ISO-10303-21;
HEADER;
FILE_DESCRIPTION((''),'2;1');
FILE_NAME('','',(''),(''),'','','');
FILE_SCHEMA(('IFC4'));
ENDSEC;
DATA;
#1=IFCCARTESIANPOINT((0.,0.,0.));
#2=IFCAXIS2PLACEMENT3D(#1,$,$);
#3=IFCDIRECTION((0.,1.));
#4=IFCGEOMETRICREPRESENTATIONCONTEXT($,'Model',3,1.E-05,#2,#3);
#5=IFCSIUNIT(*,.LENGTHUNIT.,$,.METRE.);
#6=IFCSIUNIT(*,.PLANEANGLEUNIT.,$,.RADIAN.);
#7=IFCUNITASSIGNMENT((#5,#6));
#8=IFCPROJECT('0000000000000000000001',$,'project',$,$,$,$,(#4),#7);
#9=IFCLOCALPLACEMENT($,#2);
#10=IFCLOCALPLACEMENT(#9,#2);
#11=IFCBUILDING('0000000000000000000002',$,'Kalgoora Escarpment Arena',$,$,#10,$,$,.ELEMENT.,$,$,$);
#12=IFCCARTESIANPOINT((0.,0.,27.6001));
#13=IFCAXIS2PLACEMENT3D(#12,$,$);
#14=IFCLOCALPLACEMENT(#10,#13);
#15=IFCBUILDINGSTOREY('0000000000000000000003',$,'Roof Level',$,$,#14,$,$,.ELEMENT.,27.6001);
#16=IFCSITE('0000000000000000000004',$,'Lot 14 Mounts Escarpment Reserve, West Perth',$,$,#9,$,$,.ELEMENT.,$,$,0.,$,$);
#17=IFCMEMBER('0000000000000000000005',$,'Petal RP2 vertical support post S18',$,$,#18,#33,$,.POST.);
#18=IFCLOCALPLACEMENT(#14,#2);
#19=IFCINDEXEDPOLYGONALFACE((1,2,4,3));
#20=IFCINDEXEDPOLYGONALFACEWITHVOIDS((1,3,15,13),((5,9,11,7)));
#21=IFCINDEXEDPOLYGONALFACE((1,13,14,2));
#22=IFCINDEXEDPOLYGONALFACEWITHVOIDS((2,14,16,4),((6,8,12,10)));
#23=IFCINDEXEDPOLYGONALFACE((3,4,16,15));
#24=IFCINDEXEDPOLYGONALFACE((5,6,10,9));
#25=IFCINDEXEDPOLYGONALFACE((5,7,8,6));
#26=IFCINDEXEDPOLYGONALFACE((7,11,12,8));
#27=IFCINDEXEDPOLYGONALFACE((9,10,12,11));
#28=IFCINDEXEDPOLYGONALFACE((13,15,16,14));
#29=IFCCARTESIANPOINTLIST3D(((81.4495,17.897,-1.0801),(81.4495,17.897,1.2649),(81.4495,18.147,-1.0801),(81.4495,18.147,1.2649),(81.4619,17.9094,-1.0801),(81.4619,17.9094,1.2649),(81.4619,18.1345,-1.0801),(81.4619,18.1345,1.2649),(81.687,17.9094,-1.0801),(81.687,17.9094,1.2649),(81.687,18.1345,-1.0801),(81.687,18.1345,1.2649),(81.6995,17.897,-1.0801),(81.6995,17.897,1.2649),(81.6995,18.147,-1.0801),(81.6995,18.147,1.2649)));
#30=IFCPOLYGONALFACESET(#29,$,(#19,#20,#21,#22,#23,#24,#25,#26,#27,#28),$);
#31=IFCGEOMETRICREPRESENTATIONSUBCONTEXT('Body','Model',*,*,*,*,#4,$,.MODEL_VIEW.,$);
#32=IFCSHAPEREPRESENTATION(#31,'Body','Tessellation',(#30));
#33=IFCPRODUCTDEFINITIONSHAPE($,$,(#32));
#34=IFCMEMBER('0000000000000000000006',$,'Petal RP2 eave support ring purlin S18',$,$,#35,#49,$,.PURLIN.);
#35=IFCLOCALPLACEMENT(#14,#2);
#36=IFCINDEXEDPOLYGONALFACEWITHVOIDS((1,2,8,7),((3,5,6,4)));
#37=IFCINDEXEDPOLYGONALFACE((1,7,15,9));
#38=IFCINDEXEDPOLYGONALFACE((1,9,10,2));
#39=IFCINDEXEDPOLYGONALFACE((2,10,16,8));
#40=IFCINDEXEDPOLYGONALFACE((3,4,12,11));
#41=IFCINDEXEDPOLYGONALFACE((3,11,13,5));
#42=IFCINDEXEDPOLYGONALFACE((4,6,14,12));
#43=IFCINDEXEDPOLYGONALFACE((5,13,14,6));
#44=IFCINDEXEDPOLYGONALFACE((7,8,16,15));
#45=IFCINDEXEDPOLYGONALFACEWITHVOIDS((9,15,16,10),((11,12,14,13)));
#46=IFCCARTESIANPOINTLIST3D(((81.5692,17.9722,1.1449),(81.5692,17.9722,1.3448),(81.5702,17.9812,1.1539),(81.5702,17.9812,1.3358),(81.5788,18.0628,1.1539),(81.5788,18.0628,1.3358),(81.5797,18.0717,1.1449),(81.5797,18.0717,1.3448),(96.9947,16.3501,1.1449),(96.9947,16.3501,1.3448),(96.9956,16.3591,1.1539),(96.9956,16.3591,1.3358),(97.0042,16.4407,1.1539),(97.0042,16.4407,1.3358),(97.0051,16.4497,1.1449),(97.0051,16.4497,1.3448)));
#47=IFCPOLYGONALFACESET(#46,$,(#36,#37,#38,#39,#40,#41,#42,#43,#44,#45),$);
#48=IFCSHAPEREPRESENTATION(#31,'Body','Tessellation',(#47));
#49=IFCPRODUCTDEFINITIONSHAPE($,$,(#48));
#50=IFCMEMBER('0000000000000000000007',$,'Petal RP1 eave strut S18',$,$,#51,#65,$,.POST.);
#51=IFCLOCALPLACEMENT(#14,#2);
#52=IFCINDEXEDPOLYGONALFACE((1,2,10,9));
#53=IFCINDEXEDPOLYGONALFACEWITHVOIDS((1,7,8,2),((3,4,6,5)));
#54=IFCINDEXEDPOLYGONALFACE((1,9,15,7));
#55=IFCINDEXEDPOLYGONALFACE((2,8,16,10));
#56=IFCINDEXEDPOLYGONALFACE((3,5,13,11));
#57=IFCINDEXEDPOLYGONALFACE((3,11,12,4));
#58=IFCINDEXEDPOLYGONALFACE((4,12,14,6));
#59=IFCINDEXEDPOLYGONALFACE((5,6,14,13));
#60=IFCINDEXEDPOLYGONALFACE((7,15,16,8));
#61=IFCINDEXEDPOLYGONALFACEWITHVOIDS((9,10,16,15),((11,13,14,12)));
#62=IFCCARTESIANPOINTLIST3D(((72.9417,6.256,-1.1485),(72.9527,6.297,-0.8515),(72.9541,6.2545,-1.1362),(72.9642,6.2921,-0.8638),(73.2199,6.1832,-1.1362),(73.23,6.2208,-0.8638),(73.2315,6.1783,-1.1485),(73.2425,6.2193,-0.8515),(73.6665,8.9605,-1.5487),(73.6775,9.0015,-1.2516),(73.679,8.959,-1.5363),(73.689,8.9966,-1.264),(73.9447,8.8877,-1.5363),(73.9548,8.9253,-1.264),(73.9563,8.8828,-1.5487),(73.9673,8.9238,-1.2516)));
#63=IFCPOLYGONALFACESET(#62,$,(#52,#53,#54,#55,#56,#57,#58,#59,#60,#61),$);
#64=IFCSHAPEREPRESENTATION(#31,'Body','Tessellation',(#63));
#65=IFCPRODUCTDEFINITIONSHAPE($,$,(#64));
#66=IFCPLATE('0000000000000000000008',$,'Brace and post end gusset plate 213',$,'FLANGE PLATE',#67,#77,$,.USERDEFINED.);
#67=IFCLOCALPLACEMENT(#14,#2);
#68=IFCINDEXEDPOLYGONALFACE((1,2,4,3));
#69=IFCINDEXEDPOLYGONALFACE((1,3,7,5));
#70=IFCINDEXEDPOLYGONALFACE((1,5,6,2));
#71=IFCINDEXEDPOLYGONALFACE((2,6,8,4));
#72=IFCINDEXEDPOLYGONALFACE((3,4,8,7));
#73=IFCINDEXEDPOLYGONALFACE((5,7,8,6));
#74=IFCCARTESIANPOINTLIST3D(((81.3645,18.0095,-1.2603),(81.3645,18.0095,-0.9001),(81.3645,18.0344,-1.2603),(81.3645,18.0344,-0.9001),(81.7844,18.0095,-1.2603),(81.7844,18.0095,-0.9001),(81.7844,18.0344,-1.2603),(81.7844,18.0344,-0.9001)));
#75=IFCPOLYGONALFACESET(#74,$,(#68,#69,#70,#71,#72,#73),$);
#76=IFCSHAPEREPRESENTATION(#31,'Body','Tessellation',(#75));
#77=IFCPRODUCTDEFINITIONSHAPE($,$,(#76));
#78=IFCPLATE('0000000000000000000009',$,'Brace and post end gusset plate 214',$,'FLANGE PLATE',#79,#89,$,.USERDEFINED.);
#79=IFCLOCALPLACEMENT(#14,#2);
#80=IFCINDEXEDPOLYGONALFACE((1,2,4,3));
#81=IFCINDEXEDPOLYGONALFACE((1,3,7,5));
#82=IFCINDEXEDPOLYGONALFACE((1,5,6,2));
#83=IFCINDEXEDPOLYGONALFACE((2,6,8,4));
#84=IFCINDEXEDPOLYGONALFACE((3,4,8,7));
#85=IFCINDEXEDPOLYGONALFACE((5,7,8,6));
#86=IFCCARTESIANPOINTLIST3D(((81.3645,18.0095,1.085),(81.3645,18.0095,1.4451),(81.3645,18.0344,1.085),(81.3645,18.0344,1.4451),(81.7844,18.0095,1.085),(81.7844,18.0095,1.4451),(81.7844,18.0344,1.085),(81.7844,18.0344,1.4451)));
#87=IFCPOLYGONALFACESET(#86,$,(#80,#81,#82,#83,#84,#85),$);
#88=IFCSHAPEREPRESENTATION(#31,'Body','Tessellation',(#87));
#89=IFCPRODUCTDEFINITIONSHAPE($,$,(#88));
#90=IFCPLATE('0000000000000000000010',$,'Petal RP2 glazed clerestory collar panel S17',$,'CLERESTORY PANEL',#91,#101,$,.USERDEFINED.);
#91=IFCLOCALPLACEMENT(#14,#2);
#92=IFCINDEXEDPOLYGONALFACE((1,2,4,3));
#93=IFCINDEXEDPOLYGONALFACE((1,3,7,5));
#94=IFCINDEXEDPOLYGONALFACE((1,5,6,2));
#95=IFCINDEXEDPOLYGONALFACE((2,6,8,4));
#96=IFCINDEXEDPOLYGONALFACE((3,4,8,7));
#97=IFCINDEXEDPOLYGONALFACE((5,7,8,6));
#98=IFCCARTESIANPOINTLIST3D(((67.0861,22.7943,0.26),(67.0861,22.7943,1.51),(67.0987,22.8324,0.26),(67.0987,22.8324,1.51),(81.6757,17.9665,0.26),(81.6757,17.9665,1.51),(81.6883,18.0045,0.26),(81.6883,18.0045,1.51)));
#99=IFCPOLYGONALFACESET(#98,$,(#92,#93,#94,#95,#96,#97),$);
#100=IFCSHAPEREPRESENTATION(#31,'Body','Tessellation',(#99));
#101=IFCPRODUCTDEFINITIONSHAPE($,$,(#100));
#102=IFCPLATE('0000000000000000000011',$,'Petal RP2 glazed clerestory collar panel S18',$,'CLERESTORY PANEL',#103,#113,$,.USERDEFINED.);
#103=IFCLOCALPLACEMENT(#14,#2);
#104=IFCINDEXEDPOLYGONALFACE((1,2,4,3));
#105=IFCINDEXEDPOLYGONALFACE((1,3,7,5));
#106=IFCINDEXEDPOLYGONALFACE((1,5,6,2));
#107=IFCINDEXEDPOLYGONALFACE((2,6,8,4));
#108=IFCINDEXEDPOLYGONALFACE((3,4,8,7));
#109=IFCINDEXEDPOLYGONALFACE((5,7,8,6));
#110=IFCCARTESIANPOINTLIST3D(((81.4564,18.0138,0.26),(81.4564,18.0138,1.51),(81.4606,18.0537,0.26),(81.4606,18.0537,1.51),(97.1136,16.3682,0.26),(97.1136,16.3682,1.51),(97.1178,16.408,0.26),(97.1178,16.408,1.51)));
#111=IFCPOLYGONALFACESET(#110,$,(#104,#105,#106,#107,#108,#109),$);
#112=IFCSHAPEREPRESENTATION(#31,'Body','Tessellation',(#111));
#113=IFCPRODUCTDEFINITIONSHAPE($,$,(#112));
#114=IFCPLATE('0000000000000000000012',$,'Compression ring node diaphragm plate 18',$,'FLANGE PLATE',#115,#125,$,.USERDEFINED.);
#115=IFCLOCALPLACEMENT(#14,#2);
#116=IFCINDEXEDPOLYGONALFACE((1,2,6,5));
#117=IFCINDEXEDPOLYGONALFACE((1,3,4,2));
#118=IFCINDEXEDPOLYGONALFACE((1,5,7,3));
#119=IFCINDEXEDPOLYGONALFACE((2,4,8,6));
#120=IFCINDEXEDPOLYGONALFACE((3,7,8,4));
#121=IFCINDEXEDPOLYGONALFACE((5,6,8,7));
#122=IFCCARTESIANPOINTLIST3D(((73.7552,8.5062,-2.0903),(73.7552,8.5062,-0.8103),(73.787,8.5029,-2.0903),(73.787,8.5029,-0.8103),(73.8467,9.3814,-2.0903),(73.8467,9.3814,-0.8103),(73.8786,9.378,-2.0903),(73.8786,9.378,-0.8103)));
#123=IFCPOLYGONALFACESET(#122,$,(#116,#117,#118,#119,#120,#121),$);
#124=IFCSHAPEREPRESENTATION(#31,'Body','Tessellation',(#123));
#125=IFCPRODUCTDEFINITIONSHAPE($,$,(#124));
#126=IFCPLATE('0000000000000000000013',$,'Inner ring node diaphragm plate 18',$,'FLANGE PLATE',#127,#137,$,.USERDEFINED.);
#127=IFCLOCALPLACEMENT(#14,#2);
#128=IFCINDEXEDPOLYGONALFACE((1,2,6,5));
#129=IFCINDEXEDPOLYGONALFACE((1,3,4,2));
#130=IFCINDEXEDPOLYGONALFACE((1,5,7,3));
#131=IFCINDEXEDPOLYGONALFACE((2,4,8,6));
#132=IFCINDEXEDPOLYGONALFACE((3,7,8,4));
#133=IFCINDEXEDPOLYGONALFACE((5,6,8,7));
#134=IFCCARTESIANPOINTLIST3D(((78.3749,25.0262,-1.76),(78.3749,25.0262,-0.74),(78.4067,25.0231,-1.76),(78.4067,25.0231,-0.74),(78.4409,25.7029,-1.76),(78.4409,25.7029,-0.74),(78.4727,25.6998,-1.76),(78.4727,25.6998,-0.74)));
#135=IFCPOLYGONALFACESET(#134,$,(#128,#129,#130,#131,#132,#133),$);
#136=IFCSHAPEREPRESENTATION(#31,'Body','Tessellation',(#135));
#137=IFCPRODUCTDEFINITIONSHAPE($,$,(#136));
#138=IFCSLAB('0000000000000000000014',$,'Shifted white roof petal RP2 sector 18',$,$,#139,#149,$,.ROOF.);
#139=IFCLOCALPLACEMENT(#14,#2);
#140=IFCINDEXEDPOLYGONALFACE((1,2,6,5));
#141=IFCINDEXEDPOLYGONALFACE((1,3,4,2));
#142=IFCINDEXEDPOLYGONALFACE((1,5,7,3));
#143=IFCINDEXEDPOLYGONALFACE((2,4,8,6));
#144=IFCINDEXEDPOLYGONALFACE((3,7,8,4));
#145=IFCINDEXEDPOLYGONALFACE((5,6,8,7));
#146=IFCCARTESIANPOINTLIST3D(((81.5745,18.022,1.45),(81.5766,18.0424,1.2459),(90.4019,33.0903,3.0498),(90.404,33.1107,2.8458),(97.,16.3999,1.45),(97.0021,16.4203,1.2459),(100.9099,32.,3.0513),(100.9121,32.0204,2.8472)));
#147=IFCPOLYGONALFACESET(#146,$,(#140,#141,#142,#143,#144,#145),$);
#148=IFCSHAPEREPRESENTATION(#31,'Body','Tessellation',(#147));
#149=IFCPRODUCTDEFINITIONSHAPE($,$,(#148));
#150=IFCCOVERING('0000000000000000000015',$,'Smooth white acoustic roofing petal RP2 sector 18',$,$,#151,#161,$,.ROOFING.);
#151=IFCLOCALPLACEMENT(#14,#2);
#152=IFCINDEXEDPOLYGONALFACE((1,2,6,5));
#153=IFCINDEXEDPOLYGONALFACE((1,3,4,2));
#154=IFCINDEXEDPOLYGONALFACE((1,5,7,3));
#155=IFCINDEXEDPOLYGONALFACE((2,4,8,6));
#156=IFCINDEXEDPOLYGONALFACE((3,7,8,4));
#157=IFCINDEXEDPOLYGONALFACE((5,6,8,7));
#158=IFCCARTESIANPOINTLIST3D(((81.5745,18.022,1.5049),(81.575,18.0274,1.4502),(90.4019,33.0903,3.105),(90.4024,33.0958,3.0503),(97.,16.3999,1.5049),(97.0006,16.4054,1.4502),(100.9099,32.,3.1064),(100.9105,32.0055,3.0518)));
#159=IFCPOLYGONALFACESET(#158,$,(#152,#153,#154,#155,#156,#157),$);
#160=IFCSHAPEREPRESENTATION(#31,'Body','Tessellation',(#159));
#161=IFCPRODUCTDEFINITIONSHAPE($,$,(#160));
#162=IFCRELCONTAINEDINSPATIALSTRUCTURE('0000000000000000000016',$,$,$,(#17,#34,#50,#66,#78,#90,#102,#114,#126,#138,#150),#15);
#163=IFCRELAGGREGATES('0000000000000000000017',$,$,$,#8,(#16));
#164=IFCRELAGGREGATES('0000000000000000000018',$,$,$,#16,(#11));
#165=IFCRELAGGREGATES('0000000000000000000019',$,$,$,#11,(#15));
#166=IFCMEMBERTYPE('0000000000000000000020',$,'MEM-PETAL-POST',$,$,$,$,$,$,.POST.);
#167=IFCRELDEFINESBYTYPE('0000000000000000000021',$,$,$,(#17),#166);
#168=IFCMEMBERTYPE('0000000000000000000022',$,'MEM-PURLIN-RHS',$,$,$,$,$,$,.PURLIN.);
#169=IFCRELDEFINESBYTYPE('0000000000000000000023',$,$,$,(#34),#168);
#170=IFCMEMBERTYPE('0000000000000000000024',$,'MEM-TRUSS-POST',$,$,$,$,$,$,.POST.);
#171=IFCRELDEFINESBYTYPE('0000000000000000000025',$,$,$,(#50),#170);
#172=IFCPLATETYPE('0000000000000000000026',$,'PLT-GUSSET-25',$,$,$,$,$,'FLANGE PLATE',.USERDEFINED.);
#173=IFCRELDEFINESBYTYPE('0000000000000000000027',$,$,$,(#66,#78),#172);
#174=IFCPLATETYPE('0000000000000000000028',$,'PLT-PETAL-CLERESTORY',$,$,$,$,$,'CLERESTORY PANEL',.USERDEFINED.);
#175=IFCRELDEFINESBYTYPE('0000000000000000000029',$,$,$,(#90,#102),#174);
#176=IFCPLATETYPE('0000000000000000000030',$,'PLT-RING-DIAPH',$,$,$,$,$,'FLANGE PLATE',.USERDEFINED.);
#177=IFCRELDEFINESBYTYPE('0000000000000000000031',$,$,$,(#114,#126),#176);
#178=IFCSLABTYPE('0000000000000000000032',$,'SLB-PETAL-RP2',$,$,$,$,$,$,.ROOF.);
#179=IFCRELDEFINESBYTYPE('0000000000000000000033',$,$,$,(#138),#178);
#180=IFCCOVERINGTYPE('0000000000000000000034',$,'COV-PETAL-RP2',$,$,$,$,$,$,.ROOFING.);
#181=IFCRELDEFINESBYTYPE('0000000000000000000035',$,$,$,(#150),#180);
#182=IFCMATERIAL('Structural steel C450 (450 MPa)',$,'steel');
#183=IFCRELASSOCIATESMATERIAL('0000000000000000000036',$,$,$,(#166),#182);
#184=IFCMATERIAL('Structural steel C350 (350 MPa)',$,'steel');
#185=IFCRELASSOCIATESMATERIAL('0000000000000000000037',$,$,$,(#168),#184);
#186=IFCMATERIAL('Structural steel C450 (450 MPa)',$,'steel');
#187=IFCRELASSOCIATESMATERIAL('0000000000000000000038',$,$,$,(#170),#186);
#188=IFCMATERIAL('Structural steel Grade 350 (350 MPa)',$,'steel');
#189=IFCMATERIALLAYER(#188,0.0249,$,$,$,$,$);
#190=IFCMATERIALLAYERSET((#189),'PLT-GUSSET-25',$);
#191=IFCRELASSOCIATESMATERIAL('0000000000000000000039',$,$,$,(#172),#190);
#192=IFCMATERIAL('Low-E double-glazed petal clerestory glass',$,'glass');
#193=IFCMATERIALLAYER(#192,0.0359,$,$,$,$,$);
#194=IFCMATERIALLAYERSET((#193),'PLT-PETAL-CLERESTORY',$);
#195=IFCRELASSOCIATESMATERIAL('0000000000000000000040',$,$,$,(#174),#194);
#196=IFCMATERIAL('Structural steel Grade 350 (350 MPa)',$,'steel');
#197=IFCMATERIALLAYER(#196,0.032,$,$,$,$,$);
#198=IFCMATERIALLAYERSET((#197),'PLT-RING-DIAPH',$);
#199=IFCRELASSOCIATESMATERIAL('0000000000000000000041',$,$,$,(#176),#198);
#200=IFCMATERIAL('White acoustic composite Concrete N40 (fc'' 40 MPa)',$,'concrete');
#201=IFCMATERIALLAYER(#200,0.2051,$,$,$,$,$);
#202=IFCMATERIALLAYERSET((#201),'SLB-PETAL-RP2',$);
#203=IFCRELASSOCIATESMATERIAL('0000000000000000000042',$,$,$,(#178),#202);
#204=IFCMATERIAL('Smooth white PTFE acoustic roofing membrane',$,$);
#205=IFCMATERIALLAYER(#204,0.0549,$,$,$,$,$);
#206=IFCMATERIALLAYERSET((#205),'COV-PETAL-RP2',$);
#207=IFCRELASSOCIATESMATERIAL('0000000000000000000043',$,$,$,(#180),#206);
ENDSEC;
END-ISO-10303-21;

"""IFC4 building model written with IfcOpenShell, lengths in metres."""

from ifc_helpers import new_model, si_unit, direction, frame, origin, origin_2d, place, context, subcontext, project, spatial, polyline, rectangle, hollow_rectangle, outline, extrude, material, layer, layer_set, material_profile, profile_set, type_object, element, save


model = new_model("IFC4")

# Units and contexts
model_context = context("Model", 3, precision=1e-05, world=origin(), true_north=direction((0.0, 1.0)))
body_context = subcontext(model_context, "Body", "Model", "MODEL_VIEW")
ifc_project = project(units=[si_unit("LENGTHUNIT", "METRE"), si_unit("PLANEANGLEUNIT", "RADIAN")], contexts=[model_context])

# Site, building, storey
site_placement = place(None, origin())
site = spatial("IfcSite", under=ifc_project, at=site_placement, Name="Lot 14 Mounts Escarpment Reserve, West Perth", CompositionType="ELEMENT", RefElevation=0.0)
building_placement = place(site_placement, origin())
building = spatial("IfcBuilding", under=site, at=building_placement, Name="Kalgoora Escarpment Arena", CompositionType="ELEMENT")
storey_placement = place(building_placement, frame((0.0, 0.0, 27.6001)))
storey = spatial("IfcBuildingStorey", under=building, at=storey_placement, Name="Roof Level", CompositionType="ELEMENT", Elevation=27.6001)

# Members
ifc_material_1 = material(Name="Structural steel C450 (450 MPa)", Category="steel")
ifc_material_profile_1 = material_profile(ifc_material_1, hollow_rectangle(XDim=0.25, YDim=0.25, WallThickness=0.0125, at=origin_2d()))
ifc_profile_set_1 = profile_set([ifc_material_profile_1], Name="Structural steel C450 (450 MPa)")
member_type_1 = type_object("IfcMemberType", Name="MEM-PETAL-POST", PredefinedType="POST", material=ifc_profile_set_1)
member_1_placement = place(storey_placement, frame((81.5745, 18.022, -1.0801), z_axis=(0.0, 0.0, 1.0), x_axis=(1.0, 0.0, 0.0)))
element("IfcMember", 1, at=member_1_placement, inside=storey, type_object=member_type_1, Name="Petal RP2 vertical support post S18", PredefinedType="POST", context=body_context, shape_type="SweptSolid", body=[
    extrude(hollow_rectangle(XDim=0.25, YDim=0.25, WallThickness=0.0125, at=origin_2d()), origin(), (0.0, 0.0, 1.0), 2.345),
])
ifc_material_2 = material(Name="Structural steel C350 (350 MPa)", Category="steel")
ifc_material_profile_2 = material_profile(ifc_material_2, hollow_rectangle(XDim=0.1001, YDim=0.2, WallThickness=0.009, at=origin_2d()))
ifc_profile_set_2 = profile_set([ifc_material_profile_2], Name="Structural steel C350 (350 MPa)")
member_type_2 = type_object("IfcMemberType", Name="MEM-PURLIN-RHS", PredefinedType="PURLIN", material=ifc_profile_set_2)
member_2_placement = place(storey_placement, frame((81.5745, 18.022, 1.2449), z_axis=(0.994517, -0.104578, 0.0), x_axis=(0.104578, 0.994517, 0.0)))
element("IfcMember", 2, at=member_2_placement, inside=storey, type_object=member_type_2, Name="Petal RP2 eave support ring purlin S18", PredefinedType="PURLIN", context=body_context, shape_type="SweptSolid", body=[
    extrude(hollow_rectangle(XDim=0.1001, YDim=0.2, WallThickness=0.009, at=origin_2d()), origin(), (0.0, 0.0, 1.0), 15.5105),
])
ifc_material_3 = material(Name="Structural steel C450 (450 MPa)", Category="steel")
ifc_material_profile_3 = material_profile(ifc_material_3, hollow_rectangle(XDim=0.3, YDim=0.3, WallThickness=0.0125, at=origin_2d()))
ifc_profile_set_3 = profile_set([ifc_material_profile_3], Name="Structural steel C450 (450 MPa)")
member_type_3 = type_object("IfcMemberType", Name="MEM-TRUSS-POST", PredefinedType="POST", material=ifc_profile_set_3)
member_3_placement = place(storey_placement, frame((73.8169, 8.9421, -1.4001), z_axis=(-0.256269, -0.956197, 0.14147), x_axis=(0.965911, -0.258873, 0.0)))
element("IfcMember", 3, at=member_3_placement, inside=storey, type_object=member_type_3, Name="Petal RP1 eave strut S18", PredefinedType="POST", context=body_context, shape_type="SweptSolid", body=[
    extrude(hollow_rectangle(XDim=0.3, YDim=0.3, WallThickness=0.0125, at=origin_2d()), origin(), (0.0, 0.0, 1.0), 2.8284),
])

# Plates
ifc_material_4 = material(Name="Structural steel Grade 350 (350 MPa)", Category="steel")
ifc_layer_1 = layer(ifc_material_4, 0.0249)
ifc_layer_set_1 = layer_set([ifc_layer_1], Name="PLT-GUSSET-25")
plate_type_1 = type_object("IfcPlateType", Name="PLT-GUSSET-25", ElementType="FLANGE PLATE", PredefinedType="USERDEFINED", material=ifc_layer_set_1)
for number, where, z_axis, x_axis, name in (
    (4, (81.5745, 18.022, -1.2603), (0.0, 0.0, 1.0), (1.0, 0.0, 0.0), "Brace and post end gusset plate 213"),
    (5, (81.5745, 18.022, 1.085), (0.0, 0.0, 1.0), (1.0, 0.0, 0.0), "Brace and post end gusset plate 214"),
):
    element("IfcPlate", number, at=place(storey_placement, frame(where, z_axis=z_axis, x_axis=x_axis)), inside=storey, type_object=plate_type_1, Name=name, ObjectType="FLANGE PLATE", PredefinedType="USERDEFINED", context=body_context, shape_type="SweptSolid", body=[
        extrude(rectangle(XDim=0.4199, YDim=0.0249, at=origin_2d()), origin(), (0.0, 0.0, 1.0), 0.3601),
    ])
ifc_material_5 = material(Name="Low-E double-glazed petal clerestory glass", Category="glass")
ifc_layer_2 = layer(ifc_material_5, 0.0359)
ifc_layer_set_2 = layer_set([ifc_layer_2], Name="PLT-PETAL-CLERESTORY")
plate_type_2 = type_object("IfcPlateType", Name="PLT-PETAL-CLERESTORY", ElementType="CLERESTORY PANEL", PredefinedType="USERDEFINED", material=ifc_layer_set_2)
plate_1_placement = place(storey_placement, frame((74.3872, 20.3994, 0.26), z_axis=(0.0, 0.0, 1.0), x_axis=(0.949371, -0.314158, 0.0)))
element("IfcPlate", 6, at=plate_1_placement, inside=storey, type_object=plate_type_2, Name="Petal RP2 glazed clerestory collar panel S17", ObjectType="CLERESTORY PANEL", PredefinedType="USERDEFINED", context=body_context, shape_type="SweptSolid", body=[
    extrude(rectangle(XDim=15.3677, YDim=0.04, at=origin_2d()), origin(), (0.0, 0.0, 1.0), 1.25),
])
plate_2_placement = place(storey_placement, frame((89.2871, 17.2109, 0.26), z_axis=(0.0, 0.0, 1.0), x_axis=(0.994522, -0.104528, 0.0)))
element("IfcPlate", 7, at=plate_2_placement, inside=storey, type_object=plate_type_2, Name="Petal RP2 glazed clerestory collar panel S18", ObjectType="CLERESTORY PANEL", PredefinedType="USERDEFINED", context=body_context, shape_type="SweptSolid", body=[
    extrude(rectangle(XDim=15.7434, YDim=0.04, at=origin_2d()), origin(), (0.0, 0.0, 1.0), 1.25),
])
ifc_material_6 = material(Name="Structural steel Grade 350 (350 MPa)", Category="steel")
ifc_layer_3 = layer(ifc_material_6, 0.032)
ifc_layer_set_3 = layer_set([ifc_layer_3], Name="PLT-RING-DIAPH")
plate_type_3 = type_object("IfcPlateType", Name="PLT-RING-DIAPH", ElementType="FLANGE PLATE", PredefinedType="USERDEFINED", material=ifc_layer_set_3)
plate_3_placement = place(storey_placement, frame((73.8169, 8.9421, -2.0903), z_axis=(0.0, 0.0, 1.0), x_axis=(0.994576, -0.104008, 0.0)))
element("IfcPlate", 8, at=plate_3_placement, inside=storey, type_object=plate_type_3, Name="Compression ring node diaphragm plate 18", ObjectType="FLANGE PLATE", PredefinedType="USERDEFINED", context=body_context, shape_type="SweptSolid", body=[
    extrude(rectangle(XDim=0.032, YDim=0.8799, at=origin_2d()), origin(), (0.0, 0.0, 1.0), 1.28),
])
plate_4_placement = place(storey_placement, frame((78.4238, 25.363, -1.76), z_axis=(0.0, 0.0, 1.0), x_axis=(0.995278, -0.097062, 0.0)))
element("IfcPlate", 9, at=plate_4_placement, inside=storey, type_object=plate_type_3, Name="Inner ring node diaphragm plate 18", ObjectType="FLANGE PLATE", PredefinedType="USERDEFINED", context=body_context, shape_type="SweptSolid", body=[
    extrude(rectangle(XDim=0.032, YDim=0.6799, at=origin_2d()), origin(), (0.0, 0.0, 1.0), 1.02),
])

# Slab
ifc_material_7 = material(Name="White acoustic composite Concrete N40 (fc' 40 MPa)", Category="concrete")
ifc_layer_4 = layer(ifc_material_7, 0.2051)
ifc_layer_set_4 = layer_set([ifc_layer_4], Name="SLB-PETAL-RP2")
slab_type = type_object("IfcSlabType", Name="SLB-PETAL-RP2", PredefinedType="ROOF", material=ifc_layer_set_4)
slab_placement = place(storey_placement, frame((81.5745, 18.022, 1.45), z_axis=(-0.010464, -0.09951, 0.994982), x_axis=(0.994517, -0.104578, 0.0)))
element("IfcSlab", 10, at=slab_placement, inside=storey, type_object=slab_type, Name="Shifted white roof petal RP2 sector 18", PredefinedType="ROOF", context=body_context, shape_type="SweptSolid", body=[
    extrude(outline(polyline([(0.0, 0.0), (15.5106, 0.0), (17.7676, 16.0038), (7.2032, 15.9891), (0.0, 0.0)])), origin(), (0.0, 0.0, -1.0), 0.2051),
])

# Covering
ifc_material_8 = material(Name="Smooth white PTFE acoustic roofing membrane")
ifc_layer_5 = layer(ifc_material_8, 0.0549)
ifc_layer_set_5 = layer_set([ifc_layer_5], Name="COV-PETAL-RP2")
covering_type = type_object("IfcCoveringType", Name="COV-PETAL-RP2", PredefinedType="ROOFING", material=ifc_layer_set_5)
covering_placement = place(storey_placement, frame((81.5745, 18.022, 1.5049), z_axis=(-0.010466, -0.099525, 0.99498), x_axis=(0.994517, -0.104578, 0.0)))
element("IfcCovering", 11, at=covering_placement, inside=storey, type_object=covering_type, Name="Smooth white acoustic roofing petal RP2 sector 18", PredefinedType="ROOFING", context=body_context, shape_type="SweptSolid", body=[
    extrude(outline(polyline([(0.0, 0.0), (15.5106, 0.0), (17.7676, 16.0038), (7.2032, 15.9892), (0.0, 0.0)])), origin(), (0.0, 0.0, -1.0), 0.0549),
])

save(model, "model.ifc")
